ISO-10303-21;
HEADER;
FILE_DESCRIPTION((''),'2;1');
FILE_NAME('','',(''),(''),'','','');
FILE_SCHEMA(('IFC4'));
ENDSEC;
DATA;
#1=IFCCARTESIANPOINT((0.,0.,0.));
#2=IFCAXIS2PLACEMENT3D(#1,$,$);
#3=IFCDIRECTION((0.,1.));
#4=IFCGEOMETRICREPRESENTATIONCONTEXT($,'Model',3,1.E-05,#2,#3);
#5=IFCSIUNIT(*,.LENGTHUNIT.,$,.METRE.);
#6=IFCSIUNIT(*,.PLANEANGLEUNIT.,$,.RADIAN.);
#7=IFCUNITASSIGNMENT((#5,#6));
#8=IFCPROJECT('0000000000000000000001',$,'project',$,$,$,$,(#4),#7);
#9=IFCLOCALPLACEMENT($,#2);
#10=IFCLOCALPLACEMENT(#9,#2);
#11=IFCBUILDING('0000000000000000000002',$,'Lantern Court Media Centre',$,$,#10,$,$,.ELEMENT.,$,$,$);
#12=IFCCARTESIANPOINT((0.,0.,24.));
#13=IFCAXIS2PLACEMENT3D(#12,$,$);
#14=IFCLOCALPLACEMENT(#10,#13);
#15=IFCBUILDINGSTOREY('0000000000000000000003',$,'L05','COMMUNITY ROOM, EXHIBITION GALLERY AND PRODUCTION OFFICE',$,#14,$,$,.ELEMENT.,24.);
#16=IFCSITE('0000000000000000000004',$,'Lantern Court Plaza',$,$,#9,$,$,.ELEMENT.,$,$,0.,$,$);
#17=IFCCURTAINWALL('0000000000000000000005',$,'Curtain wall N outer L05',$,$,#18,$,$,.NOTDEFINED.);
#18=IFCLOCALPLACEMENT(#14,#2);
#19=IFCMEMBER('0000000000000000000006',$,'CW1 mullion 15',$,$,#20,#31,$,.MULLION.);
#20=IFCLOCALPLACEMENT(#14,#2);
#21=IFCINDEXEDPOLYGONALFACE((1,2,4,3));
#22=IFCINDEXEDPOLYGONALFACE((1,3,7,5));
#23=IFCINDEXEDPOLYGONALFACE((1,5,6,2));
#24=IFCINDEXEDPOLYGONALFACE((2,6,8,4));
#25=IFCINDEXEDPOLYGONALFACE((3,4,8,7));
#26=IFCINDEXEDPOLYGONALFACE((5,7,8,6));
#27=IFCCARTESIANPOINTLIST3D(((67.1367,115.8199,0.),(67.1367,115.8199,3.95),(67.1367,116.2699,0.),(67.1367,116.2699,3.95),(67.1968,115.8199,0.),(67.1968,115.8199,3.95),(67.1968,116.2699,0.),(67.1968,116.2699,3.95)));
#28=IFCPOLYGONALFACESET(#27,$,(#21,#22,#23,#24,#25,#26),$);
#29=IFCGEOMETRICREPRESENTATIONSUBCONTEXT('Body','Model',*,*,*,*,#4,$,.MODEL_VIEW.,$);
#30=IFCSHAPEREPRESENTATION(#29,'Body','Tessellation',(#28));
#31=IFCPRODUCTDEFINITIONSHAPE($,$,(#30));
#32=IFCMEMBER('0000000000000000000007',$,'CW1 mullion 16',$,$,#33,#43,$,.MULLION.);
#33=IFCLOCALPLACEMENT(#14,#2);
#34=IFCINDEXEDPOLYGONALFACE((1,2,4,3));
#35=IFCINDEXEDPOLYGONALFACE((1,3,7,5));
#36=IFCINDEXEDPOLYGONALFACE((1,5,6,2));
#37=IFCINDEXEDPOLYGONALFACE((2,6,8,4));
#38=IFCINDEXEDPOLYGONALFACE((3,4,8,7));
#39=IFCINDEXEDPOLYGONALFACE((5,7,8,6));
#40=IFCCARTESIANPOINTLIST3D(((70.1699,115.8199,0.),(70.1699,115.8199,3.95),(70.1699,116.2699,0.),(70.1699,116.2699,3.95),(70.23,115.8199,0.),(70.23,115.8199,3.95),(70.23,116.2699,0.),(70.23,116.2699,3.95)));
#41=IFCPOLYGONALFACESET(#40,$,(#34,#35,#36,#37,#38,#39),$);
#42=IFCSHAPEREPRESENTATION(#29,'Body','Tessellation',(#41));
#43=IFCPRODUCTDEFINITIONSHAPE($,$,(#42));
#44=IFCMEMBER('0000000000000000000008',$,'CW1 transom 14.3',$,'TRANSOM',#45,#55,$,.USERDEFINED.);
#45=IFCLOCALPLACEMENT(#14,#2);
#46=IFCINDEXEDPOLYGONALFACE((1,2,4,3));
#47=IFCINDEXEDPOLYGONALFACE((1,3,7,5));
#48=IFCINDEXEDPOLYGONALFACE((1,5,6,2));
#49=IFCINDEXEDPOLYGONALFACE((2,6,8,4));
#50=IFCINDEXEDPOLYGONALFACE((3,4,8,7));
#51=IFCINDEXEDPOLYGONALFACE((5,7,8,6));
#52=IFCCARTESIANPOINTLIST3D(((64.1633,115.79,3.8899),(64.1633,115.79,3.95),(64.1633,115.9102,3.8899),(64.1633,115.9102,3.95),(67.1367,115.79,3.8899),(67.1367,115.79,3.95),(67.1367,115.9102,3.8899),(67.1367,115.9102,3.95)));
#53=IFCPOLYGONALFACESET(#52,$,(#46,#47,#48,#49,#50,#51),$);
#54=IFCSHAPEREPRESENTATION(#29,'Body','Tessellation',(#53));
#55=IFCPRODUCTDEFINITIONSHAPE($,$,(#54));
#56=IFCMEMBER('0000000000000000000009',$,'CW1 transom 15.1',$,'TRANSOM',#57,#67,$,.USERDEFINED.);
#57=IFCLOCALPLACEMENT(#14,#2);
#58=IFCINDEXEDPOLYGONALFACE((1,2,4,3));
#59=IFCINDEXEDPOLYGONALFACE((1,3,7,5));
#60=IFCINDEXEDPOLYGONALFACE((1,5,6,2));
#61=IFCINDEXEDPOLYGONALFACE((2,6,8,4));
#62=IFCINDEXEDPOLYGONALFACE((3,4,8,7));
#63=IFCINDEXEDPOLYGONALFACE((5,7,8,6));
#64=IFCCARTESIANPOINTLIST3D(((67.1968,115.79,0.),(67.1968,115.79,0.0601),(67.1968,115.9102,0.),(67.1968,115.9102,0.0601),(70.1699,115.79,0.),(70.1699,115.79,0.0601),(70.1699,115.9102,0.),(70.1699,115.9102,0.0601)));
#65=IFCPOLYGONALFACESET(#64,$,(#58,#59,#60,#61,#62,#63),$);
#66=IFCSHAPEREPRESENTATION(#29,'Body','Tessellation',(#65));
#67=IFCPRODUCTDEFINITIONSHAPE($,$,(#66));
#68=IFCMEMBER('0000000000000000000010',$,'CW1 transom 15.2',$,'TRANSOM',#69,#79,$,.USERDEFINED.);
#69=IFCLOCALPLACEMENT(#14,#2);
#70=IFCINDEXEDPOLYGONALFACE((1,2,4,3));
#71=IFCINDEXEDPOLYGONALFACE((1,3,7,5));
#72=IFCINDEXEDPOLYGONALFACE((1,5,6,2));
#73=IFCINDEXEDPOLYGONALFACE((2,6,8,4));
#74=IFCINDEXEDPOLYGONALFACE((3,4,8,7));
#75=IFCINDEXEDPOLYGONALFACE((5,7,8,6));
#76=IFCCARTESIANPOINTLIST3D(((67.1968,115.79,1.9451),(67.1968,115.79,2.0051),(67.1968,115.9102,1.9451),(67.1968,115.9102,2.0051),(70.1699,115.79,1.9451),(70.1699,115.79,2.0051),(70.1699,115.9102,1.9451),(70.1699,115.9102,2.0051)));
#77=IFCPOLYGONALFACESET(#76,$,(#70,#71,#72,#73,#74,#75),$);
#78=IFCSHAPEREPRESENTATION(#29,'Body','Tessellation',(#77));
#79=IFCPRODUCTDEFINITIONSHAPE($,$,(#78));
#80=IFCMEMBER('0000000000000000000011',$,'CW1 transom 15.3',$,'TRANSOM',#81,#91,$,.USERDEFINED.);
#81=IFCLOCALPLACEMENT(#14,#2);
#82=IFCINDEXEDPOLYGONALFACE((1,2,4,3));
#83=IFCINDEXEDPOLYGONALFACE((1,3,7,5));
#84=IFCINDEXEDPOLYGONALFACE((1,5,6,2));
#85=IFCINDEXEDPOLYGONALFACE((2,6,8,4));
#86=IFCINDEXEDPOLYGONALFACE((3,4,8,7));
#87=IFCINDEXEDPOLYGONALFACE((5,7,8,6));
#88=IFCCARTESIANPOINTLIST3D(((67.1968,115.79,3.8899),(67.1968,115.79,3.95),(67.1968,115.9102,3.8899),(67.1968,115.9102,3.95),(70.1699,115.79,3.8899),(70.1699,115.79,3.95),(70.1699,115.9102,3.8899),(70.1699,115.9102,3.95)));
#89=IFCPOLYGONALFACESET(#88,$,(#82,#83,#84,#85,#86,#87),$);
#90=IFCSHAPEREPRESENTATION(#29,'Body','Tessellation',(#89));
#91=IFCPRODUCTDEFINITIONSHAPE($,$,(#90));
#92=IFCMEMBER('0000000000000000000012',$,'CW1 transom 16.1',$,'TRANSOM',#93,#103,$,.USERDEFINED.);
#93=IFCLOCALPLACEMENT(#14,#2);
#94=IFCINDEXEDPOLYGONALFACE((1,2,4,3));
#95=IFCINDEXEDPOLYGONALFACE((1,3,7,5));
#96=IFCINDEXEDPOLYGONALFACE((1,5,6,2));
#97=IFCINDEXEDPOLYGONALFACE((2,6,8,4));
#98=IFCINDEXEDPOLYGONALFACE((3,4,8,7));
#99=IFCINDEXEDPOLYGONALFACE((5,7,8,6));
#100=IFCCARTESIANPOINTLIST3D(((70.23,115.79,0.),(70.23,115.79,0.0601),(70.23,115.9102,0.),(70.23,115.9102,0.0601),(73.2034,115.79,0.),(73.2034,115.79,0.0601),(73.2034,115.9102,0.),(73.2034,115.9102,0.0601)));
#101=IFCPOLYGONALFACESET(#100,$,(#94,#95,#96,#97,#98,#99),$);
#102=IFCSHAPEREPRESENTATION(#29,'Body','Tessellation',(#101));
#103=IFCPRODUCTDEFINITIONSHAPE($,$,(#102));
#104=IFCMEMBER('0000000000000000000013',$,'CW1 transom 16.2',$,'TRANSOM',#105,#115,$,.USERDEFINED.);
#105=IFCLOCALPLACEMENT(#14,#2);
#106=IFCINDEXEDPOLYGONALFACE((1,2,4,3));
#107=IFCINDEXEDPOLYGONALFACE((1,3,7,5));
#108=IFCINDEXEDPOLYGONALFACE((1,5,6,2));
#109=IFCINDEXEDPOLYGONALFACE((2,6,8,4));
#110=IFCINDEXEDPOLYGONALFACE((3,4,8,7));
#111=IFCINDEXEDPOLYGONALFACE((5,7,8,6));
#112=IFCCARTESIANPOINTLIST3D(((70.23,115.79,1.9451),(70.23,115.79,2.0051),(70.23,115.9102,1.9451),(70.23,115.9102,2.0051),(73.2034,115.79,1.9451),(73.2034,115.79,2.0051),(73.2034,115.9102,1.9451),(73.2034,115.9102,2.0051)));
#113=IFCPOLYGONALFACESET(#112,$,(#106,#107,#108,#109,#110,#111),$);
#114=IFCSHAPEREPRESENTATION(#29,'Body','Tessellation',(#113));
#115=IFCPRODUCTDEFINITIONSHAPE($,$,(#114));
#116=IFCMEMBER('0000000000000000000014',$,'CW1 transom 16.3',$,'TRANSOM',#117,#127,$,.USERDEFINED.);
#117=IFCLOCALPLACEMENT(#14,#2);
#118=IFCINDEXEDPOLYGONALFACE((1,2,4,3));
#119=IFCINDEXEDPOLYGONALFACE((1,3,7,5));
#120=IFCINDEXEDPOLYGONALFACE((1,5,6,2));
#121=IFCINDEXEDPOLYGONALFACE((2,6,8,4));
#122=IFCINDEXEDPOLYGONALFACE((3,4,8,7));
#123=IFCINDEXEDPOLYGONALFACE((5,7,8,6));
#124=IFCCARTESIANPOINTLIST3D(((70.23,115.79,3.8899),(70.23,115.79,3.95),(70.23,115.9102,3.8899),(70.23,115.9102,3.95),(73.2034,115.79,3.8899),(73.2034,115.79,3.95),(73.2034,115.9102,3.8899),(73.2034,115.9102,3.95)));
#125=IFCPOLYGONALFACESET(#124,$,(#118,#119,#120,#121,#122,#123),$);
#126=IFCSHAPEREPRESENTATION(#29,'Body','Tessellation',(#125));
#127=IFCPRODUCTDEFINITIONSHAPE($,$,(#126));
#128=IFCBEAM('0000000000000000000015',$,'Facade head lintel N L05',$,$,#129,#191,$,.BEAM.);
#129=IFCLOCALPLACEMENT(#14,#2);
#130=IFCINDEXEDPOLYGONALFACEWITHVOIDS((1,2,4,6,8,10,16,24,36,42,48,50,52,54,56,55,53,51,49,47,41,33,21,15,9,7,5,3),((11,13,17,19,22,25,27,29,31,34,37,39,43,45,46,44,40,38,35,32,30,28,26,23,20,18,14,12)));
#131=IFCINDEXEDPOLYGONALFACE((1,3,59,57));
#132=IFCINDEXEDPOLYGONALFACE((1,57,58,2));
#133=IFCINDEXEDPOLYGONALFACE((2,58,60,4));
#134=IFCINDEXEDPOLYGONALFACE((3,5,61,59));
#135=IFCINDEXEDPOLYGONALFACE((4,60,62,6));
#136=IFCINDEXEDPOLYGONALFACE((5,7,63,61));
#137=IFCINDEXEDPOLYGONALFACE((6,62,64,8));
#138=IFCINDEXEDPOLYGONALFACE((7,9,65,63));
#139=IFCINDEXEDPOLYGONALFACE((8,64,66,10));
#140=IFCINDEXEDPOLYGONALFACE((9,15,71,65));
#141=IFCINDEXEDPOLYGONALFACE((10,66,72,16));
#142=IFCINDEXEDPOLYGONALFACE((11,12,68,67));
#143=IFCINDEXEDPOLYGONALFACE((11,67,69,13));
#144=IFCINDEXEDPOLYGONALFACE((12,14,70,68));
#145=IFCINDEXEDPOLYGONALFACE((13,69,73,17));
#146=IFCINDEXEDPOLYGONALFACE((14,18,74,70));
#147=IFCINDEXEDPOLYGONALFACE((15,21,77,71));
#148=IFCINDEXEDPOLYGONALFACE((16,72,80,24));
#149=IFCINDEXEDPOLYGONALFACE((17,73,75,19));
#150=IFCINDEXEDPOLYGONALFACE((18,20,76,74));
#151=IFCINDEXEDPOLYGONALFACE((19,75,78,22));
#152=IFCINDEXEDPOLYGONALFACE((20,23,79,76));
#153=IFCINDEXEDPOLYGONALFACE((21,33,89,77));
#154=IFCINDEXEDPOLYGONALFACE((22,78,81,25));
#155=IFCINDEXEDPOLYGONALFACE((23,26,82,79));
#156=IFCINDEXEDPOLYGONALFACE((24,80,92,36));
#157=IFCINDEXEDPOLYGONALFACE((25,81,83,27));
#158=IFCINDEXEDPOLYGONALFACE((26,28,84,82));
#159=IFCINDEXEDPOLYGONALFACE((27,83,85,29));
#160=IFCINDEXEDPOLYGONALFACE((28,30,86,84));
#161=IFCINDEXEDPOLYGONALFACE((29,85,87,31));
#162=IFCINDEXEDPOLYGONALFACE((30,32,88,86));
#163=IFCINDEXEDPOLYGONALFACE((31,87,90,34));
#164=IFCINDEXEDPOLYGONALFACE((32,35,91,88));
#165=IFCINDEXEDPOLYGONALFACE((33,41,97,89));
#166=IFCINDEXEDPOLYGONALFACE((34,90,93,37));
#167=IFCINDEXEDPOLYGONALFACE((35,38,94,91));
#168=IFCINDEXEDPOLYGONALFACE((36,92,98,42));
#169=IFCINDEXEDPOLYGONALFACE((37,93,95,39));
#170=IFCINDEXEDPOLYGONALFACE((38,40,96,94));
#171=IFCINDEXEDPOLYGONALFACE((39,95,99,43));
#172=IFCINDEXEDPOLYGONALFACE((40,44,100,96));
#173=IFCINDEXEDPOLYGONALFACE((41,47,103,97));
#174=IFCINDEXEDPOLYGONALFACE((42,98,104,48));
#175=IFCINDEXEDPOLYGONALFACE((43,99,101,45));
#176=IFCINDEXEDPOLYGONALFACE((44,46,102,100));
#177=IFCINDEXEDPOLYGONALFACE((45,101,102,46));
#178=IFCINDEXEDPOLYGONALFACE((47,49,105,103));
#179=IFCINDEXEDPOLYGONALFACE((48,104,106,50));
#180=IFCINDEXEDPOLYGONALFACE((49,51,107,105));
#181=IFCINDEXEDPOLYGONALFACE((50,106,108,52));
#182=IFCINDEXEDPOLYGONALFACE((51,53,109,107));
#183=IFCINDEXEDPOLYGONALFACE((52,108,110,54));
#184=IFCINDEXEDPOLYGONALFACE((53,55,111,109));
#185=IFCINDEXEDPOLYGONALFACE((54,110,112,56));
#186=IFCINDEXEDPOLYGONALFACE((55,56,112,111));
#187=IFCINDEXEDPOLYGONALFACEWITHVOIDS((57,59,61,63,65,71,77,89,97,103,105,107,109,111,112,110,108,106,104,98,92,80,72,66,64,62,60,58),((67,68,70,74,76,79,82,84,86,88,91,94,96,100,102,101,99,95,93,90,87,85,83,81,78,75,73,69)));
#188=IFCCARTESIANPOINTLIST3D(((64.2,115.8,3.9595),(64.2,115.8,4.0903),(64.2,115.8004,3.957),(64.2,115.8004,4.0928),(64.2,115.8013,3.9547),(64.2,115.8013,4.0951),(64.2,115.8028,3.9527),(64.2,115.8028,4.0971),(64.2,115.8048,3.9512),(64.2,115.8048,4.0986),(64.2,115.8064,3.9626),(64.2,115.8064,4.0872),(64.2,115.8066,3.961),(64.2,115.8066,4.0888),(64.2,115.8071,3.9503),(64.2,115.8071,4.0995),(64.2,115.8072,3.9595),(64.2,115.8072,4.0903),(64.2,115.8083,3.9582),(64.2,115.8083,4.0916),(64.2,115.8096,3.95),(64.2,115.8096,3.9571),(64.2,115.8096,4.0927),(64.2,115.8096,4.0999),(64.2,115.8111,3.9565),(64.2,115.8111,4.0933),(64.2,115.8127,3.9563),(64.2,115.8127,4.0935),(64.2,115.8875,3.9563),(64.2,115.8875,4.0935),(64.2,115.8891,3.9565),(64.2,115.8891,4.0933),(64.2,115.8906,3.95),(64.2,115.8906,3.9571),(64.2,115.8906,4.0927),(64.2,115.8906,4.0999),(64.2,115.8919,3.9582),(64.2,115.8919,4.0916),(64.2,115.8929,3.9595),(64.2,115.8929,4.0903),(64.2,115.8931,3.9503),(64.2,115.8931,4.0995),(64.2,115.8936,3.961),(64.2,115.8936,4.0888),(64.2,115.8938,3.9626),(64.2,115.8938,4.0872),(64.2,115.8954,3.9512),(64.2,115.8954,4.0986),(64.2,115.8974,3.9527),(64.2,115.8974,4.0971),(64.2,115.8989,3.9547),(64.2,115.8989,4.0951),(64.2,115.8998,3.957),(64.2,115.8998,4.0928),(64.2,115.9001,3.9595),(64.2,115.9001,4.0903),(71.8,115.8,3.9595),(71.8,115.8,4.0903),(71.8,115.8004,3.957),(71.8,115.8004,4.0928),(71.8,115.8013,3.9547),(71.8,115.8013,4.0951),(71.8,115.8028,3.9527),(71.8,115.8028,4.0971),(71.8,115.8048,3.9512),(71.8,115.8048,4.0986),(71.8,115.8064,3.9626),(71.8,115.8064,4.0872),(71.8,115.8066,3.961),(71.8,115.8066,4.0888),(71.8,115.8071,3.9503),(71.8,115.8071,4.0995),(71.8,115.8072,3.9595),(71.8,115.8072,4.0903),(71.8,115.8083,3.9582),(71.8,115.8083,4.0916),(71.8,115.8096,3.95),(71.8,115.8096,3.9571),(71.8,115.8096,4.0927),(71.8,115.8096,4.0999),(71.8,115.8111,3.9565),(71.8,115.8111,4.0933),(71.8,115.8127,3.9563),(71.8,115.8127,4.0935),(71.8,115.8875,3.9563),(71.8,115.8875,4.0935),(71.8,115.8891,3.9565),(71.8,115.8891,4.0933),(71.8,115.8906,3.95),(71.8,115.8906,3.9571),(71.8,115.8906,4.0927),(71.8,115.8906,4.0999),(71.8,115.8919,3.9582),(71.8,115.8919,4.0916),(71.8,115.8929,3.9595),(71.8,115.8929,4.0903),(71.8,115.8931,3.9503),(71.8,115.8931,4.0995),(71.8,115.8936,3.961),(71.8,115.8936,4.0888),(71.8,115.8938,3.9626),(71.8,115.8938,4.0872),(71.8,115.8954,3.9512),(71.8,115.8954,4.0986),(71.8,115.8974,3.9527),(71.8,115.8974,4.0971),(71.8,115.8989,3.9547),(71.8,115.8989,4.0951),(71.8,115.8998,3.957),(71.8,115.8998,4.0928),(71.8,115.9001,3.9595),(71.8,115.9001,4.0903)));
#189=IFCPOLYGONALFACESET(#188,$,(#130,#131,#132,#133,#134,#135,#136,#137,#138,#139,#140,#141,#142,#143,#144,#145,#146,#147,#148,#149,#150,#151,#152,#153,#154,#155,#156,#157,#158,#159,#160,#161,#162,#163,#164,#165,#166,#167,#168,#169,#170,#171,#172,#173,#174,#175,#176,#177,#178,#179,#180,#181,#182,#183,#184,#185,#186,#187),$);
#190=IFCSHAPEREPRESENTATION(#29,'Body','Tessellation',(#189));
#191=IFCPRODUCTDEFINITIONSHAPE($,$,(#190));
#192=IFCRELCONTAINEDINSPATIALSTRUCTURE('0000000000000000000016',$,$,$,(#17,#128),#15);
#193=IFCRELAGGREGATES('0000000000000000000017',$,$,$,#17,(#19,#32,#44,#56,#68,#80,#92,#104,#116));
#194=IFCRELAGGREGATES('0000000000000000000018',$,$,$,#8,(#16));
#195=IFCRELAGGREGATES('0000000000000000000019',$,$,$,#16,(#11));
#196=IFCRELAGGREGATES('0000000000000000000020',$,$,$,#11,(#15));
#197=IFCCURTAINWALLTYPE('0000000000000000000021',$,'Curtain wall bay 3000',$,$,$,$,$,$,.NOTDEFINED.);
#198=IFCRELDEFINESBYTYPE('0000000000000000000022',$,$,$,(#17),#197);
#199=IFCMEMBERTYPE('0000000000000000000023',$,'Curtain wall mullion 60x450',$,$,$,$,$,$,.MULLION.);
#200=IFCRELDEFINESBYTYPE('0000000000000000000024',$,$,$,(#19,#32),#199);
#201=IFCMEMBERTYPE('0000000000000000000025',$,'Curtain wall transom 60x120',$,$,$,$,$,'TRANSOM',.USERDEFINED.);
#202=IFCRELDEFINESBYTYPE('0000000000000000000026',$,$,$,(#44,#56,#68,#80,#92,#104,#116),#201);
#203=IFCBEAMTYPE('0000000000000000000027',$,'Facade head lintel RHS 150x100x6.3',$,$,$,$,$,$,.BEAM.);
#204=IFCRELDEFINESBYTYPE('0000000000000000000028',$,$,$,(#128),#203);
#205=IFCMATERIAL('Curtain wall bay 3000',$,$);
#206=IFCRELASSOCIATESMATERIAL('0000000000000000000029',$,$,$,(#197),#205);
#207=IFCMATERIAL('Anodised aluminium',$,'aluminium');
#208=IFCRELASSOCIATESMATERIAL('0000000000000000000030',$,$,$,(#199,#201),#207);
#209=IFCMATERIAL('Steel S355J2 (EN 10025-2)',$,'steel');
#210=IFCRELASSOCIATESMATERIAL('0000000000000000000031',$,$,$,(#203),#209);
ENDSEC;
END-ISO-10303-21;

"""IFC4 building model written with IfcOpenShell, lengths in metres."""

from ifc_helpers import new_model, si_unit, direction, frame, origin, origin_2d, place, context, subcontext, project, spatial, rectangle, hollow_rectangle, extrude, material, material_profile, profile_set, type_object, element, aggregate, save


model = new_model("IFC4")

# Units and contexts
model_context = context("Model", 3, precision=1e-05, world=origin(), true_north=direction((0.0, 1.0)))
body_context = subcontext(model_context, "Body", "Model", "MODEL_VIEW")
ifc_project = project(units=[si_unit("LENGTHUNIT", "METRE"), si_unit("PLANEANGLEUNIT", "RADIAN")], contexts=[model_context])

# Site, building, storey
site_placement = place(None, origin())
site = spatial("IfcSite", under=ifc_project, at=site_placement, Name="Lantern Court Plaza", CompositionType="ELEMENT", RefElevation=0.0)
building_placement = place(site_placement, origin())
building = spatial("IfcBuilding", under=site, at=building_placement, Name="Lantern Court Media Centre", CompositionType="ELEMENT")
storey_placement = place(building_placement, frame((0.0, 0.0, 24.0)))
storey = spatial("IfcBuildingStorey", under=building, at=storey_placement, Name="L05", Description="COMMUNITY ROOM, EXHIBITION GALLERY AND PRODUCTION OFFICE", CompositionType="ELEMENT", Elevation=24.0)

# Curtain wall, members
ifc_material_1 = material(Name="Curtain wall bay 3000")
curtain_wall_type = type_object("IfcCurtainWallType", Name="Curtain wall bay 3000", PredefinedType="NOTDEFINED", material=ifc_material_1)
curtain_wall_placement = place(storey_placement, origin())
curtain_wall = element("IfcCurtainWall", 1, at=curtain_wall_placement, inside=storey, type_object=curtain_wall_type, Name="Curtain wall N outer L05", PredefinedType="NOTDEFINED")
ifc_material_2 = material(Name="Anodised aluminium", Category="aluminium")
ifc_material_profile_1 = material_profile(ifc_material_2, rectangle(XDim=0.45, YDim=0.0601, at=origin_2d()), Name="AL 60x450")
ifc_profile_set_1 = profile_set([ifc_material_profile_1], Name="Anodised aluminium")
member_type_1 = type_object("IfcMemberType", Name="Curtain wall mullion 60x450", PredefinedType="MULLION", material=ifc_profile_set_1)
member_1_placement = place(storey_placement, frame((67.1667, 116.0449, 0.0), z_axis=(0.0, 0.0, 1.0), x_axis=(0.0, 1.0, 0.0)))
member_1 = element("IfcMember", 2, at=member_1_placement, type_object=member_type_1, Name="CW1 mullion 15", PredefinedType="MULLION", context=body_context, shape_type="SweptSolid", body=[
    extrude(rectangle(XDim=0.45, YDim=0.0601, at=origin_2d()), origin(), (0.0, 0.0, 1.0), 3.95),
])
member_2_placement = place(storey_placement, frame((70.2, 116.0449, 0.0), z_axis=(0.0, 0.0, 1.0), x_axis=(0.0, 1.0, 0.0)))
member_2 = element("IfcMember", 3, at=member_2_placement, type_object=member_type_1, Name="CW1 mullion 16", PredefinedType="MULLION", context=body_context, shape_type="SweptSolid", body=[
    extrude(rectangle(XDim=0.45, YDim=0.0601, at=origin_2d()), origin(), (0.0, 0.0, 1.0), 3.95),
])
ifc_material_profile_2 = material_profile(ifc_material_2, rectangle(XDim=0.1201, YDim=0.0601, at=origin_2d()), Name="AL 60x120")
ifc_profile_set_2 = profile_set([ifc_material_profile_2], Name="Anodised aluminium")
member_type_2 = type_object("IfcMemberType", Name="Curtain wall transom 60x120", ElementType="TRANSOM", PredefinedType="USERDEFINED", material=ifc_profile_set_2)
member_3_placement = place(storey_placement, frame((64.1633, 115.8501, 3.9199), z_axis=(1.0, 0.0, 0.0), x_axis=(0.0, 1.0, 0.0)))
member_3 = element("IfcMember", 4, at=member_3_placement, type_object=member_type_2, Name="CW1 transom 14.3", ObjectType="TRANSOM", PredefinedType="USERDEFINED", context=body_context, shape_type="SweptSolid", body=[
    extrude(rectangle(XDim=0.1201, YDim=0.0601, at=origin_2d()), origin(), (0.0, 0.0, 1.0), 2.9734),
])
member_4_placement = place(storey_placement, frame((67.1968, 115.8501, 0.03), z_axis=(1.0, 0.0, 0.0), x_axis=(0.0, 1.0, 0.0)))
member_4 = element("IfcMember", 5, at=member_4_placement, type_object=member_type_2, Name="CW1 transom 15.1", ObjectType="TRANSOM", PredefinedType="USERDEFINED", context=body_context, shape_type="SweptSolid", body=[
    extrude(rectangle(XDim=0.1201, YDim=0.0601, at=origin_2d()), origin(), (0.0, 0.0, 1.0), 2.9731),
])
member_5_placement = place(storey_placement, frame((67.1968, 115.8501, 1.9751), z_axis=(1.0, 0.0, 0.0), x_axis=(0.0, 1.0, 0.0)))
member_5 = element("IfcMember", 6, at=member_5_placement, type_object=member_type_2, Name="CW1 transom 15.2", ObjectType="TRANSOM", PredefinedType="USERDEFINED", context=body_context, shape_type="SweptSolid", body=[
    extrude(rectangle(XDim=0.1201, YDim=0.0601, at=origin_2d()), origin(), (0.0, 0.0, 1.0), 2.9731),
])
member_6_placement = place(storey_placement, frame((67.1968, 115.8501, 3.9199), z_axis=(1.0, 0.0, 0.0), x_axis=(0.0, 1.0, 0.0)))
member_6 = element("IfcMember", 7, at=member_6_placement, type_object=member_type_2, Name="CW1 transom 15.3", ObjectType="TRANSOM", PredefinedType="USERDEFINED", context=body_context, shape_type="SweptSolid", body=[
    extrude(rectangle(XDim=0.1201, YDim=0.0601, at=origin_2d()), origin(), (0.0, 0.0, 1.0), 2.9731),
])
member_7_placement = place(storey_placement, frame((70.23, 115.8501, 0.03), z_axis=(1.0, 0.0, 0.0), x_axis=(0.0, 1.0, 0.0)))
member_7 = element("IfcMember", 8, at=member_7_placement, type_object=member_type_2, Name="CW1 transom 16.1", ObjectType="TRANSOM", PredefinedType="USERDEFINED", context=body_context, shape_type="SweptSolid", body=[
    extrude(rectangle(XDim=0.1201, YDim=0.0601, at=origin_2d()), origin(), (0.0, 0.0, 1.0), 2.9734),
])
member_8_placement = place(storey_placement, frame((70.23, 115.8501, 1.9751), z_axis=(1.0, 0.0, 0.0), x_axis=(0.0, 1.0, 0.0)))
member_8 = element("IfcMember", 9, at=member_8_placement, type_object=member_type_2, Name="CW1 transom 16.2", ObjectType="TRANSOM", PredefinedType="USERDEFINED", context=body_context, shape_type="SweptSolid", body=[
    extrude(rectangle(XDim=0.1201, YDim=0.0601, at=origin_2d()), origin(), (0.0, 0.0, 1.0), 2.9734),
])
member_9_placement = place(storey_placement, frame((70.23, 115.8501, 3.9199), z_axis=(1.0, 0.0, 0.0), x_axis=(0.0, 1.0, 0.0)))
member_9 = element("IfcMember", 10, at=member_9_placement, type_object=member_type_2, Name="CW1 transom 16.3", ObjectType="TRANSOM", PredefinedType="USERDEFINED", context=body_context, shape_type="SweptSolid", body=[
    extrude(rectangle(XDim=0.1201, YDim=0.0601, at=origin_2d()), origin(), (0.0, 0.0, 1.0), 2.9734),
])

# Beam
ifc_material_3 = material(Name="Steel S355J2 (EN 10025-2)", Category="steel")
ifc_material_profile_3 = material_profile(ifc_material_3, hollow_rectangle(XDim=0.1001, YDim=0.1499, WallThickness=0.0063, InnerFilletRadius=0.0063, OuterFilletRadius=0.0095, at=origin_2d()), Name="Facade head lintel RHS 150x100x6.3")
ifc_profile_set_3 = profile_set([ifc_material_profile_3], Name="Steel S355J2 (EN 10025-2)")
beam_type = type_object("IfcBeamType", Name="Facade head lintel RHS 150x100x6.3", PredefinedType="BEAM", material=ifc_profile_set_3)
beam_placement = place(storey_placement, frame((64.2, 115.8501, 4.0249), z_axis=(1.0, 0.0, 0.0), x_axis=(0.0, 1.0, 0.0)))
element("IfcBeam", 11, at=beam_placement, inside=storey, type_object=beam_type, Name="Facade head lintel N L05", PredefinedType="BEAM", context=body_context, shape_type="SweptSolid", body=[
    extrude(hollow_rectangle(XDim=0.1001, YDim=0.1499, WallThickness=0.0063, InnerFilletRadius=0.0063, OuterFilletRadius=0.0095, at=origin_2d()), origin(), (0.0, 0.0, 1.0), 7.6001),
])

aggregate(curtain_wall, [member_1, member_2, member_3, member_4, member_5, member_6, member_7, member_8, member_9])

save(model, "model.ifc")
